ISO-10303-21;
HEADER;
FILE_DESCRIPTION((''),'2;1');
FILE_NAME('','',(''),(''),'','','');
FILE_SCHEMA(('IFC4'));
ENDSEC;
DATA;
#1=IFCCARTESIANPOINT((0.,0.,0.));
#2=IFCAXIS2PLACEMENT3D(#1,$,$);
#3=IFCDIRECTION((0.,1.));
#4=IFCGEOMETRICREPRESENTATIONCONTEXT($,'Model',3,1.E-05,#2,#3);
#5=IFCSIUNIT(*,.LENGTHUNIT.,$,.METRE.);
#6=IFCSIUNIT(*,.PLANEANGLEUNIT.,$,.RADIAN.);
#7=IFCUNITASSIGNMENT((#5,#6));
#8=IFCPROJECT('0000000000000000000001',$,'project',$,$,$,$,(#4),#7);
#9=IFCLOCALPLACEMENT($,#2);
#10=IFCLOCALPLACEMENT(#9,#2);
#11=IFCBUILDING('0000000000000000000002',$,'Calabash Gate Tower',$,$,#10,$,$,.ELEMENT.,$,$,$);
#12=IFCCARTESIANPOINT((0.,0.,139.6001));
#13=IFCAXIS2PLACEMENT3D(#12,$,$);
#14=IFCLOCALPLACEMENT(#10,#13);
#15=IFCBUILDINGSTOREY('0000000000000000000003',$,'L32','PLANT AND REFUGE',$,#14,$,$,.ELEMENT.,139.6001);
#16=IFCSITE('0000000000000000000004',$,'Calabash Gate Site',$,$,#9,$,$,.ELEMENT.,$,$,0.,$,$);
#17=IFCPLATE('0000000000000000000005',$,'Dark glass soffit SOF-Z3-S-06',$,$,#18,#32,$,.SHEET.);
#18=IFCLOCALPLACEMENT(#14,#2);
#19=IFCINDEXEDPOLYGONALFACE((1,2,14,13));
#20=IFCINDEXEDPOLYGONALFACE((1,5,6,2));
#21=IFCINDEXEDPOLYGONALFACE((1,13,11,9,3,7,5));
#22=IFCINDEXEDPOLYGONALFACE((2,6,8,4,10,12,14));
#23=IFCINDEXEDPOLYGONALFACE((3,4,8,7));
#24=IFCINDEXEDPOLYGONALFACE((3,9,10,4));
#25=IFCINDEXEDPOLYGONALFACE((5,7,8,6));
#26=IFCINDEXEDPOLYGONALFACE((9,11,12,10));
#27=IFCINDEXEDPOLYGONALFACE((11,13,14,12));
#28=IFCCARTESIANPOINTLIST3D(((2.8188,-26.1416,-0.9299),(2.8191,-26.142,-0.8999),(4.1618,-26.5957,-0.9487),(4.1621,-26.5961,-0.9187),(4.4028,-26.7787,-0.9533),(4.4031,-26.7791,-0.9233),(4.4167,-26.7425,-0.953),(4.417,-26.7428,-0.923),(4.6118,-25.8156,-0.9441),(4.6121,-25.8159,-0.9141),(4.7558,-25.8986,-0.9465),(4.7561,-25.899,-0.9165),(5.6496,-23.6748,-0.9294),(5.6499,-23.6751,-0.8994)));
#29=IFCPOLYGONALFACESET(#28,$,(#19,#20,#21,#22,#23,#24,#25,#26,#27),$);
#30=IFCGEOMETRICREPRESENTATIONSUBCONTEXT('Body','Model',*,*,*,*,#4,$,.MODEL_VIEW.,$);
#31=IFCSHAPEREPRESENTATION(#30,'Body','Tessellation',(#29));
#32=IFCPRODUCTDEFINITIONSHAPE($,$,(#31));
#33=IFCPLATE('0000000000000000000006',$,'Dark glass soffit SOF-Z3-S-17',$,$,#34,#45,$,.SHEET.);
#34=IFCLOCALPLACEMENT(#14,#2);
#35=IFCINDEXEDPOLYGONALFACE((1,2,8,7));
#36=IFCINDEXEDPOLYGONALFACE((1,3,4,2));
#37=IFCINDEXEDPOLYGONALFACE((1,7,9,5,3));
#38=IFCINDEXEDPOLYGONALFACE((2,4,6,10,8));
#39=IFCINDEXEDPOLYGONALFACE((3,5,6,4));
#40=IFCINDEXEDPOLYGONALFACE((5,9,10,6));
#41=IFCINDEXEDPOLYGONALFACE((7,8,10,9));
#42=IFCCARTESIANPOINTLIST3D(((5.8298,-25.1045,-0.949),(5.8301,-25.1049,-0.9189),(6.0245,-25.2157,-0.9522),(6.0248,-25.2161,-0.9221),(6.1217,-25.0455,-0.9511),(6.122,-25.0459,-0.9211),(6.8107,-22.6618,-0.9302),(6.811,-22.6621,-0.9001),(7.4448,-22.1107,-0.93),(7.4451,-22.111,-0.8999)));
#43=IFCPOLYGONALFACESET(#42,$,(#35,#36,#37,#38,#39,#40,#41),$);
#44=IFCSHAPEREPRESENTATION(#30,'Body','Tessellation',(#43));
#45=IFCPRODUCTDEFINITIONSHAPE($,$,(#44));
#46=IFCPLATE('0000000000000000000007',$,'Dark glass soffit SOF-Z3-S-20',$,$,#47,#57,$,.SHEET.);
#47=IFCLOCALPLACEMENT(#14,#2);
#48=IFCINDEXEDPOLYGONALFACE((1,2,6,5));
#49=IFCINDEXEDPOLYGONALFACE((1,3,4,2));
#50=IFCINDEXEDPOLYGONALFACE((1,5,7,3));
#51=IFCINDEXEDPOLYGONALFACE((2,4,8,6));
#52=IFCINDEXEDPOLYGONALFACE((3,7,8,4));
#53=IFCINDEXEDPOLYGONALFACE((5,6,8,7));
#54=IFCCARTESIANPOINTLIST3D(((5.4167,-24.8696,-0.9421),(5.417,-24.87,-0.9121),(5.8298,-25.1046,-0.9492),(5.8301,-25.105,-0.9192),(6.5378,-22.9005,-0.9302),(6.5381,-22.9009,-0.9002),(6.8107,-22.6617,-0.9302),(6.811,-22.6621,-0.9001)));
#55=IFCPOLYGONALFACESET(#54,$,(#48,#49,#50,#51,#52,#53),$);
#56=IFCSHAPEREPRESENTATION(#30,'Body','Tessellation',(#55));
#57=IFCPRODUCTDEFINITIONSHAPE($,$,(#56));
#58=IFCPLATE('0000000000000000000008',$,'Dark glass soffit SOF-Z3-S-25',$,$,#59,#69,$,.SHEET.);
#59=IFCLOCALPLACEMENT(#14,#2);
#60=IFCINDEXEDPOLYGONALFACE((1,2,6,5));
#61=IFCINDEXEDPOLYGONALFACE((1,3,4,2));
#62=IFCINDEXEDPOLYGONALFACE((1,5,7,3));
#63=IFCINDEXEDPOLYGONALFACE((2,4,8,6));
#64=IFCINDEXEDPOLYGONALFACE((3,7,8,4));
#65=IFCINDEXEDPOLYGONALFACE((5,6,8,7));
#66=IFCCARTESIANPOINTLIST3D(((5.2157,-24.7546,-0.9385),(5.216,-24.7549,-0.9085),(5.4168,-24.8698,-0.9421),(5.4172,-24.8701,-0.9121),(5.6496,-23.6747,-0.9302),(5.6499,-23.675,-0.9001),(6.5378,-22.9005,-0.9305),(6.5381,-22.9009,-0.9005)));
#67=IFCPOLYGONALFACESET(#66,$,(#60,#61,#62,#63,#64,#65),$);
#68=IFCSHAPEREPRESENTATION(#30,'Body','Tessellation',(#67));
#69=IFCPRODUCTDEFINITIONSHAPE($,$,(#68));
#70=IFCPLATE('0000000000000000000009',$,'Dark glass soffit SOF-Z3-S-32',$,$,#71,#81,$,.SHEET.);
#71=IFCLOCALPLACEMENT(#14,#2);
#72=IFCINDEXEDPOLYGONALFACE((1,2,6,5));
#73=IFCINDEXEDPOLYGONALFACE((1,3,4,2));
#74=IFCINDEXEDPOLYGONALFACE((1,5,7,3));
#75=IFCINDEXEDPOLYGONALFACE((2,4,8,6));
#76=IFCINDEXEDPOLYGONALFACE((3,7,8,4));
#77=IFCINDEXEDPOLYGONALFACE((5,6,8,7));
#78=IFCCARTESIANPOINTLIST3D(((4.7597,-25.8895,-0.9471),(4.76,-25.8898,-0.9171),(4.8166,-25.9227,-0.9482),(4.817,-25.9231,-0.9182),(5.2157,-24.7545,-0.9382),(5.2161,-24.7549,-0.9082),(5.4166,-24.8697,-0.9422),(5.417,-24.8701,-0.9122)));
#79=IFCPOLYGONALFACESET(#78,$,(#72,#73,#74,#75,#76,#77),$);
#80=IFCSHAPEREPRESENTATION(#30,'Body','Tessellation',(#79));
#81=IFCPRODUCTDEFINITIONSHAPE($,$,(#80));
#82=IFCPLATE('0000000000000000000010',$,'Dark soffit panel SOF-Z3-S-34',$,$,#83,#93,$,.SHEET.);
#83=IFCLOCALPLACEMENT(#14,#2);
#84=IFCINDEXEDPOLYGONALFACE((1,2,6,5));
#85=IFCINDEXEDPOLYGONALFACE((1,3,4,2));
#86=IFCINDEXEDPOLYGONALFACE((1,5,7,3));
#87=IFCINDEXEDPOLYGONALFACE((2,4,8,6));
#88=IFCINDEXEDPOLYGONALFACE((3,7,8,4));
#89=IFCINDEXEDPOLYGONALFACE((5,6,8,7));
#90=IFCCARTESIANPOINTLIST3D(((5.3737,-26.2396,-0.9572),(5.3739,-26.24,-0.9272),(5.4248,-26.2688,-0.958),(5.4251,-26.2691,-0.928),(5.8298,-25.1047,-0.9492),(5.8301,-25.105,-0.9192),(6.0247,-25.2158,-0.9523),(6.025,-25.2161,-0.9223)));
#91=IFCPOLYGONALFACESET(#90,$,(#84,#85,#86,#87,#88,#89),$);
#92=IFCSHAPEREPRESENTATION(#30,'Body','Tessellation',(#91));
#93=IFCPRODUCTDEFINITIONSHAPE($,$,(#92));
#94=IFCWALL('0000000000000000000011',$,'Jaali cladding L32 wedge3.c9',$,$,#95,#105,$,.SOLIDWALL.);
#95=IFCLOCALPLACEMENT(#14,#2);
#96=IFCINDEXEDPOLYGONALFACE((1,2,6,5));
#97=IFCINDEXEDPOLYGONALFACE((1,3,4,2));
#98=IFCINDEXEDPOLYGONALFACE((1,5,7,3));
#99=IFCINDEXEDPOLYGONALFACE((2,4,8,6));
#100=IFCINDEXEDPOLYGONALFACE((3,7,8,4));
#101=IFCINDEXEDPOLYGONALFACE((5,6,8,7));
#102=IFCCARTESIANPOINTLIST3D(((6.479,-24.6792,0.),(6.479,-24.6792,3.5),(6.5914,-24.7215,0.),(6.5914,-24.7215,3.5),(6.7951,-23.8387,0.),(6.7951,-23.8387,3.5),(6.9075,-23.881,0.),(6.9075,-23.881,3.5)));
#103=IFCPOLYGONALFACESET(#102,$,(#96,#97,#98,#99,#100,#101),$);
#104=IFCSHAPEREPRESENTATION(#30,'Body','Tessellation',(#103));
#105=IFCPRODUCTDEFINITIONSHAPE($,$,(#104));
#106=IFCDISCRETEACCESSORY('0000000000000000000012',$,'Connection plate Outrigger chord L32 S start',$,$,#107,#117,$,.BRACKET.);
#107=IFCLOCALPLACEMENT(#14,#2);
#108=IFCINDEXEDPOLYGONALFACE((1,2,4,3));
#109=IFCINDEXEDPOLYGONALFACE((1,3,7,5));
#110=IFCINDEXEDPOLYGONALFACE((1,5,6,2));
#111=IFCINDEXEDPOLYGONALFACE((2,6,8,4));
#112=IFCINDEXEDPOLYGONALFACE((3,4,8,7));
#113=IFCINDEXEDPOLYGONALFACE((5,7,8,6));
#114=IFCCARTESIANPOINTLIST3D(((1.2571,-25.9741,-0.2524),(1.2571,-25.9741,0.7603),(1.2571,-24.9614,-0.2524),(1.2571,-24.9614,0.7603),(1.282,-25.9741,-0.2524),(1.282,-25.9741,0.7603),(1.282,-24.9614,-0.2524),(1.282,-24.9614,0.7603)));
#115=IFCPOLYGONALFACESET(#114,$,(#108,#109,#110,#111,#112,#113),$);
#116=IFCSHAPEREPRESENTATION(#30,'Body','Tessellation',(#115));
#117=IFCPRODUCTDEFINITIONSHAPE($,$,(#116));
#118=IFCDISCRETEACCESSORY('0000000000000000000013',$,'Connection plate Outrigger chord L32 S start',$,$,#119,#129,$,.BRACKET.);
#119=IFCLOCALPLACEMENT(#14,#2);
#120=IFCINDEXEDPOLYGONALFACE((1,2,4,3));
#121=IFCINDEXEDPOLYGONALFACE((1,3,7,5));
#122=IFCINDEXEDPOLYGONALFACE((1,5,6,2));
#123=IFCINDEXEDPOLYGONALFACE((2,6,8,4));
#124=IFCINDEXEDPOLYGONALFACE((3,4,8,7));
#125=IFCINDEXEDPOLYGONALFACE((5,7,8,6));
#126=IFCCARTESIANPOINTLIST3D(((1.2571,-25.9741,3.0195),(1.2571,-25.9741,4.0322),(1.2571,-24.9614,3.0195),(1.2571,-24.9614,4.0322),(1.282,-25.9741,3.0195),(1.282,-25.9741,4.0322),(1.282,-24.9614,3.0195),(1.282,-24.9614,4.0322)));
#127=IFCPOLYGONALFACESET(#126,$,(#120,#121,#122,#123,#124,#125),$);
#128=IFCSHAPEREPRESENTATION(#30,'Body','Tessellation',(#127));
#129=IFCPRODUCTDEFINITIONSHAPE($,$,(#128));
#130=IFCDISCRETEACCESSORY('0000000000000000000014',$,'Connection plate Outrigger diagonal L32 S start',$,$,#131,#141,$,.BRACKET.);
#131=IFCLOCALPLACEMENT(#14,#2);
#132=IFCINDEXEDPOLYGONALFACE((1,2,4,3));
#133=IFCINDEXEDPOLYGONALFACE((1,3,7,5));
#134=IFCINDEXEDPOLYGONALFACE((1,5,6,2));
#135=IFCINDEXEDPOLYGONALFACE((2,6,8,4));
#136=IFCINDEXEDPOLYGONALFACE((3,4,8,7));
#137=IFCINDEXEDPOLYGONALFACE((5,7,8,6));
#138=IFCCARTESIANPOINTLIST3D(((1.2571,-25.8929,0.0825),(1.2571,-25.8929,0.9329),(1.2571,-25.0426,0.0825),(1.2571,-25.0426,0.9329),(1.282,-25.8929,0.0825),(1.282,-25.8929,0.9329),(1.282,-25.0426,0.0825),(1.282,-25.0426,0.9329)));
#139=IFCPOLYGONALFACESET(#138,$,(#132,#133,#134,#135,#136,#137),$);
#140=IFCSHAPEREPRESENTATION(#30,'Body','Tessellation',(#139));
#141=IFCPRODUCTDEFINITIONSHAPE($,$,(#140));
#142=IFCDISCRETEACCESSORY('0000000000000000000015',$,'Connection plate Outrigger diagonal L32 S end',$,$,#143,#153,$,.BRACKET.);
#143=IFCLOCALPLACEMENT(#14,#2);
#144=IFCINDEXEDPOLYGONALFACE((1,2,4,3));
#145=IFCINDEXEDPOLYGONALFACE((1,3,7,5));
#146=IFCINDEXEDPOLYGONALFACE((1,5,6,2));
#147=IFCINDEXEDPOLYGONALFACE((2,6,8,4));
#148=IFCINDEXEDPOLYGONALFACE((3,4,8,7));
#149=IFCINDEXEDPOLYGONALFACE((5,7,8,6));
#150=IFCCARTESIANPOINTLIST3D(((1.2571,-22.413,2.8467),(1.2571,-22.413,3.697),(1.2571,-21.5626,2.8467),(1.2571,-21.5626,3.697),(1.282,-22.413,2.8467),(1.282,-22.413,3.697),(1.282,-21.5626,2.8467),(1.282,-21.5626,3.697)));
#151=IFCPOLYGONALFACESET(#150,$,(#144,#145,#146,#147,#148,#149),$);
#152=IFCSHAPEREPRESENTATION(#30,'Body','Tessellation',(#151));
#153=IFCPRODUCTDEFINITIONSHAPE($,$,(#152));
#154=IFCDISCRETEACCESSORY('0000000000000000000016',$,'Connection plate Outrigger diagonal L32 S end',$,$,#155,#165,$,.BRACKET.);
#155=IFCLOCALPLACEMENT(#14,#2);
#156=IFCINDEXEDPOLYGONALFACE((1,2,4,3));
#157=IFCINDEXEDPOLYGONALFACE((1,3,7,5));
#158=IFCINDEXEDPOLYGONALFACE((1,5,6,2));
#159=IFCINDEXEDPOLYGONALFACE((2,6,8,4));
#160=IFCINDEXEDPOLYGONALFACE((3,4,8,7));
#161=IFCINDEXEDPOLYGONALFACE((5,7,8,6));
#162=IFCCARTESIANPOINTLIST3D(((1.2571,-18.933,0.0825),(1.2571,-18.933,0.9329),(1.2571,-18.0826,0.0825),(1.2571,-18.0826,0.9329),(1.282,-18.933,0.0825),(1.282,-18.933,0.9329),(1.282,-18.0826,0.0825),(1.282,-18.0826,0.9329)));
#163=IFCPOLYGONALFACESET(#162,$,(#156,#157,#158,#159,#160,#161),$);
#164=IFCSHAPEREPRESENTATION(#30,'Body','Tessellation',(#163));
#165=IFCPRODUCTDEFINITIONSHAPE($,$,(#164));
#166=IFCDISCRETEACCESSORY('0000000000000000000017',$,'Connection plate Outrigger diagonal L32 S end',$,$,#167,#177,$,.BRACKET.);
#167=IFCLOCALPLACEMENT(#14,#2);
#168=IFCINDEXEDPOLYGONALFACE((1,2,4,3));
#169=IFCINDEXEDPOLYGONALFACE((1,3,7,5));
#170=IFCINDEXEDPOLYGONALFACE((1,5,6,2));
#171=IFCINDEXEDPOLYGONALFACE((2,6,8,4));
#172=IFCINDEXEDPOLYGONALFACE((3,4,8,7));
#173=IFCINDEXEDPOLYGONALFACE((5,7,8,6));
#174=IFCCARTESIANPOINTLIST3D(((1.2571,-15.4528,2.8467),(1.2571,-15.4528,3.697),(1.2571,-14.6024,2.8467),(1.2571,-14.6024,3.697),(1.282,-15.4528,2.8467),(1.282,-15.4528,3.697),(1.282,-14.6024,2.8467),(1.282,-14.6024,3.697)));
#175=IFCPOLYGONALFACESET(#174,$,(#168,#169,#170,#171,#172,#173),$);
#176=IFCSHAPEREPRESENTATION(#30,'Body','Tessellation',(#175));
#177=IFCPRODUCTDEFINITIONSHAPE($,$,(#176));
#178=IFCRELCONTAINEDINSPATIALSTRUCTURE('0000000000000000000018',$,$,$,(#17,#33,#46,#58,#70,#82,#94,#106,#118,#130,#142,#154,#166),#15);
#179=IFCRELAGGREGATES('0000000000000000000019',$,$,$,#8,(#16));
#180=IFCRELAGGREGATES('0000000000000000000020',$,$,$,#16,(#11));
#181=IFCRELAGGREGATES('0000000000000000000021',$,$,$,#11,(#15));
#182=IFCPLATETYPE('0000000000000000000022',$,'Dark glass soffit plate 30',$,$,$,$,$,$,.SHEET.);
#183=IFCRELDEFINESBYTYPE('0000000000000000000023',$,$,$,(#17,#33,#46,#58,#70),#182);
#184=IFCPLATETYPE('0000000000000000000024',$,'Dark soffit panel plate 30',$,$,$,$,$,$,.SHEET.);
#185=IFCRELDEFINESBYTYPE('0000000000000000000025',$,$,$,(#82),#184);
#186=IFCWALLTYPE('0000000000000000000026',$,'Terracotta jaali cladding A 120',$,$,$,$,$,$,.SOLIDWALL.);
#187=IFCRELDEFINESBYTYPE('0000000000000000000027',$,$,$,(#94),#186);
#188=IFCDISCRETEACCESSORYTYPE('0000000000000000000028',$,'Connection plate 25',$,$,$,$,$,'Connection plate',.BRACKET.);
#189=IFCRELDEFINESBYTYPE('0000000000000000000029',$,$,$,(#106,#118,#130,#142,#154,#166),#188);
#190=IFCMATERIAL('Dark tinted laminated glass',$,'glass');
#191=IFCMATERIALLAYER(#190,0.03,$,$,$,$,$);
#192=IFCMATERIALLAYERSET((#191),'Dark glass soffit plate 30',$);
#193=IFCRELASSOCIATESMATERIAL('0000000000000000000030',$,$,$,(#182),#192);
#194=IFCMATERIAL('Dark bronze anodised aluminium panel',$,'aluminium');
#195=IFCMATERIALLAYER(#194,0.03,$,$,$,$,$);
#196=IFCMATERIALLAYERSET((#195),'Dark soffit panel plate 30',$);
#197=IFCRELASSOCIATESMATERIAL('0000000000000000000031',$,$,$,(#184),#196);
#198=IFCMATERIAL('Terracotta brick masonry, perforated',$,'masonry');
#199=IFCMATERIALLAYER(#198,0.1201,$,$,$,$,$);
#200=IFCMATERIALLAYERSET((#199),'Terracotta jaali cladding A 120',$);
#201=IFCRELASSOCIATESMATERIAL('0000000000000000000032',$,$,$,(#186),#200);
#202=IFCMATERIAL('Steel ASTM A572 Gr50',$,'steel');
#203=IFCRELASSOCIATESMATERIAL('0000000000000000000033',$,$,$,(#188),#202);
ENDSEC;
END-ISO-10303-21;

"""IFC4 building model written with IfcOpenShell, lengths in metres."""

from ifc_helpers import new_model, si_unit, direction, frame, frame_2d, origin, origin_2d, place, context, subcontext, project, spatial, polyline, rectangle, outline, extrude, material, layer, layer_set, type_object, element, save


model = new_model("IFC4")

# Units and contexts
model_context = context("Model", 3, precision=1e-05, world=origin(), true_north=direction((0.0, 1.0)))
body_context = subcontext(model_context, "Body", "Model", "MODEL_VIEW")
ifc_project = project(units=[si_unit("LENGTHUNIT", "METRE"), si_unit("PLANEANGLEUNIT", "RADIAN")], contexts=[model_context])

# Site, building, storey
site_placement = place(None, origin())
site = spatial("IfcSite", under=ifc_project, at=site_placement, Name="Calabash Gate Site", CompositionType="ELEMENT", RefElevation=0.0)
building_placement = place(site_placement, origin())
building = spatial("IfcBuilding", under=site, at=building_placement, Name="Calabash Gate Tower", CompositionType="ELEMENT")
storey_placement = place(building_placement, frame((0.0, 0.0, 139.6001)))
storey = spatial("IfcBuildingStorey", under=building, at=storey_placement, Name="L32", Description="PLANT AND REFUGE", CompositionType="ELEMENT", Elevation=139.6001)

# Plates
ifc_material_1 = material(Name="Dark tinted laminated glass", Category="glass")
ifc_layer_1 = layer(ifc_material_1, 0.03)
ifc_layer_set_1 = layer_set([ifc_layer_1], Name="Dark glass soffit plate 30")
plate_type_1 = type_object("IfcPlateType", Name="Dark glass soffit plate 30", PredefinedType="SHEET", material=ifc_layer_set_1)
plate_1_placement = place(storey_placement, frame((4.6121, -25.8159, -0.9141), z_axis=(0.010056, -0.011741, 0.999881), x_axis=(-0.499654, -0.86621, -0.005146)))
element("IfcPlate", 1, at=plate_1_placement, inside=storey, type_object=plate_type_1, Name="Dark glass soffit SOF-Z3-S-06", PredefinedType="SHEET", context=body_context, shape_type="SweptSolid", body=[
    extrude(outline(polyline([(0.0, 0.0), (0.9006, 0.0), (0.9004, 0.2942), (0.9387, 0.3003), (1.1782, -1.3904), (-2.373, -0.1707), (0.0, 0.1663), (0.0, 0.0)])), origin(), (0.0, 0.0, -1.0), 0.03),
])
plate_2_placement = place(storey_placement, frame((6.811, -22.6621, -0.9001), z_axis=(0.009751, -0.011611, 0.999885), x_axis=(0.754789, 0.655967, 0.000257)))
element("IfcPlate", 2, at=plate_2_placement, inside=storey, type_object=plate_type_1, Name="Dark glass soffit SOF-Z3-S-17", PredefinedType="SHEET", context=body_context, shape_type="SweptSolid", body=[
    extrude(outline(polyline([(0.0, 0.0), (0.8401, 0.0), (-2.0837, -1.3474), (-2.2688, -1.4121), (-2.3428, -1.2004), (0.0, 0.0)])), origin(), (0.0, 0.0, -1.0), 0.03),
])
plate_3_placement = place(storey_placement, frame((6.811, -22.6621, -0.9001), z_axis=(0.010387, -0.011975, 0.999874), x_axis=(-0.372628, -0.927953, -0.007243)))
element("IfcPlate", 3, at=plate_3_placement, inside=storey, type_object=plate_type_1, Name="Dark glass soffit SOF-Z3-S-20", PredefinedType="SHEET", context=body_context, shape_type="SweptSolid", body=[
    extrude(outline(polyline([(0.0, 0.0), (2.6326, 0.0), (2.5684, -0.4709), (0.3232, -0.1643), (0.0, 0.0)])), origin(), (0.0, 0.0, -1.0), 0.03),
])
plate_4_placement = place(storey_placement, frame((5.6499, -23.675, -0.9001), z_axis=(0.010931, -0.012139, 0.999867), x_axis=(0.75383, 0.657069, -0.000264)))
element("IfcPlate", 4, at=plate_4_placement, inside=storey, type_object=plate_type_1, Name="Dark glass soffit SOF-Z3-S-25", PredefinedType="SHEET", context=body_context, shape_type="SweptSolid", body=[
    extrude(outline(polyline([(0.0, 0.0), (1.1782, 0.0), (-0.9607, -0.748), (-1.0366, -0.5291), (0.0, 0.0)])), origin(), (0.0, 0.0, -1.0), 0.03),
])
plate_5_placement = place(storey_placement, frame((5.2161, -24.7549, -0.9082), z_axis=(0.012493, -0.012836, 0.99984), x_axis=(0.867336, -0.497425, -0.017223)))
element("IfcPlate", 5, at=plate_5_placement, inside=storey, type_object=plate_type_1, Name="Dark glass soffit SOF-Z3-S-32", PredefinedType="SHEET", context=body_context, shape_type="SweptSolid", body=[
    extrude(outline(polyline([(0.0, 0.0), (0.2317, 0.0), (0.2351, -1.2119), (0.1692, -1.2114), (0.0, 0.0)])), origin(), (0.0, 0.0, -1.0), 0.03),
])
ifc_material_2 = material(Name="Dark bronze anodised aluminium panel", Category="aluminium")
ifc_layer_2 = layer(ifc_material_2, 0.03)
ifc_layer_set_2 = layer_set([ifc_layer_2], Name="Dark soffit panel plate 30")
plate_type_2 = type_object("IfcPlateType", Name="Dark soffit panel plate 30", PredefinedType="SHEET", material=ifc_layer_set_2)
plate_6_placement = place(storey_placement, frame((5.8301, -25.105, -0.9192), z_axis=(0.009667, -0.010913, 0.999894), x_axis=(0.868631, -0.495268, -0.013803)))
element("IfcPlate", 6, at=plate_6_placement, inside=storey, type_object=plate_type_2, Name="Dark soffit panel SOF-Z3-S-34", PredefinedType="SHEET", context=body_context, shape_type="SweptSolid", body=[
    extrude(outline(polyline([(0.0, 0.0), (0.2244, 0.0), (0.2249, -1.2119), (0.166, -1.2119), (0.0, 0.0)])), origin(), (0.0, 0.0, -1.0), 0.03),
])

# Wall
ifc_material_3 = material(Name="Terracotta brick masonry, perforated", Category="masonry")
ifc_layer_3 = layer(ifc_material_3, 0.1201)
ifc_layer_set_3 = layer_set([ifc_layer_3], Name="Terracotta jaali cladding A 120")
wall_type = type_object("IfcWallType", Name="Terracotta jaali cladding A 120", PredefinedType="SOLIDWALL", material=ifc_layer_set_3)
wall_placement = place(storey_placement, frame((6.8513, -23.8599, 0.0), z_axis=(0.0, 0.0, 1.0), x_axis=(-0.352047, -0.935982, 0.0)))
element("IfcWall", 7, at=wall_placement, inside=storey, type_object=wall_type, Name="Jaali cladding L32 wedge3.c9", PredefinedType="SOLIDWALL", context=body_context, shape_type="SweptSolid", body=[
    extrude(rectangle(XDim=0.8979, YDim=0.1201, at=frame_2d((0.449, 0.0))), origin(), (0.0, 0.0, 1.0), 3.5),
])

# Discrete accessories
ifc_material_4 = material(Name="Steel ASTM A572 Gr50", Category="steel")
discrete_accessory_type = type_object("IfcDiscreteAccessoryType", Name="Connection plate 25", ElementType="Connection plate", PredefinedType="BRACKET", material=ifc_material_4)
for number, where, z_axis, x_axis, name in (
    (8, (1.2695, -25.4678, -0.2524), (0.0, 0.0, 1.0), (0.0, 1.0, 0.0), "Connection plate Outrigger chord L32 S start"),
    (9, (1.2695, -25.4678, 3.0195), (0.0, 0.0, 1.0), (0.0, 1.0, 0.0), "Connection plate Outrigger chord L32 S start"),
):
    element("IfcDiscreteAccessory", number, at=place(storey_placement, frame(where, z_axis=z_axis, x_axis=x_axis)), inside=storey, type_object=discrete_accessory_type, Name=name, PredefinedType="BRACKET", context=body_context, shape_type="SweptSolid", body=[
        extrude(rectangle(XDim=1.0127, YDim=0.0249, at=origin_2d()), origin(), (0.0, 0.0, 1.0), 1.0127),
    ])
for number, where, z_axis, x_axis, name in (
    (10, (1.2695, -25.4678, 0.0825), (0.0, 0.0, 1.0), (0.0, 1.0, 0.0), "Connection plate Outrigger diagonal L32 S start"),
    (11, (1.2695, -21.9878, 2.8467), (0.0, 0.0, 1.0), (0.0, 1.0, 0.0), "Connection plate Outrigger diagonal L32 S end"),
    (12, (1.2695, -18.5078, 0.0825), (0.0, 0.0, 1.0), (0.0, 1.0, 0.0), "Connection plate Outrigger diagonal L32 S end"),
    (13, (1.2695, -15.0276, 2.8467), (0.0, 0.0, 1.0), (0.0, 1.0, 0.0), "Connection plate Outrigger diagonal L32 S end"),
):
    element("IfcDiscreteAccessory", number, at=place(storey_placement, frame(where, z_axis=z_axis, x_axis=x_axis)), inside=storey, type_object=discrete_accessory_type, Name=name, PredefinedType="BRACKET", context=body_context, shape_type="SweptSolid", body=[
        extrude(rectangle(XDim=0.8503, YDim=0.0249, at=origin_2d()), origin(), (0.0, 0.0, 1.0), 0.8503),
    ])

save(model, "model.ifc")
